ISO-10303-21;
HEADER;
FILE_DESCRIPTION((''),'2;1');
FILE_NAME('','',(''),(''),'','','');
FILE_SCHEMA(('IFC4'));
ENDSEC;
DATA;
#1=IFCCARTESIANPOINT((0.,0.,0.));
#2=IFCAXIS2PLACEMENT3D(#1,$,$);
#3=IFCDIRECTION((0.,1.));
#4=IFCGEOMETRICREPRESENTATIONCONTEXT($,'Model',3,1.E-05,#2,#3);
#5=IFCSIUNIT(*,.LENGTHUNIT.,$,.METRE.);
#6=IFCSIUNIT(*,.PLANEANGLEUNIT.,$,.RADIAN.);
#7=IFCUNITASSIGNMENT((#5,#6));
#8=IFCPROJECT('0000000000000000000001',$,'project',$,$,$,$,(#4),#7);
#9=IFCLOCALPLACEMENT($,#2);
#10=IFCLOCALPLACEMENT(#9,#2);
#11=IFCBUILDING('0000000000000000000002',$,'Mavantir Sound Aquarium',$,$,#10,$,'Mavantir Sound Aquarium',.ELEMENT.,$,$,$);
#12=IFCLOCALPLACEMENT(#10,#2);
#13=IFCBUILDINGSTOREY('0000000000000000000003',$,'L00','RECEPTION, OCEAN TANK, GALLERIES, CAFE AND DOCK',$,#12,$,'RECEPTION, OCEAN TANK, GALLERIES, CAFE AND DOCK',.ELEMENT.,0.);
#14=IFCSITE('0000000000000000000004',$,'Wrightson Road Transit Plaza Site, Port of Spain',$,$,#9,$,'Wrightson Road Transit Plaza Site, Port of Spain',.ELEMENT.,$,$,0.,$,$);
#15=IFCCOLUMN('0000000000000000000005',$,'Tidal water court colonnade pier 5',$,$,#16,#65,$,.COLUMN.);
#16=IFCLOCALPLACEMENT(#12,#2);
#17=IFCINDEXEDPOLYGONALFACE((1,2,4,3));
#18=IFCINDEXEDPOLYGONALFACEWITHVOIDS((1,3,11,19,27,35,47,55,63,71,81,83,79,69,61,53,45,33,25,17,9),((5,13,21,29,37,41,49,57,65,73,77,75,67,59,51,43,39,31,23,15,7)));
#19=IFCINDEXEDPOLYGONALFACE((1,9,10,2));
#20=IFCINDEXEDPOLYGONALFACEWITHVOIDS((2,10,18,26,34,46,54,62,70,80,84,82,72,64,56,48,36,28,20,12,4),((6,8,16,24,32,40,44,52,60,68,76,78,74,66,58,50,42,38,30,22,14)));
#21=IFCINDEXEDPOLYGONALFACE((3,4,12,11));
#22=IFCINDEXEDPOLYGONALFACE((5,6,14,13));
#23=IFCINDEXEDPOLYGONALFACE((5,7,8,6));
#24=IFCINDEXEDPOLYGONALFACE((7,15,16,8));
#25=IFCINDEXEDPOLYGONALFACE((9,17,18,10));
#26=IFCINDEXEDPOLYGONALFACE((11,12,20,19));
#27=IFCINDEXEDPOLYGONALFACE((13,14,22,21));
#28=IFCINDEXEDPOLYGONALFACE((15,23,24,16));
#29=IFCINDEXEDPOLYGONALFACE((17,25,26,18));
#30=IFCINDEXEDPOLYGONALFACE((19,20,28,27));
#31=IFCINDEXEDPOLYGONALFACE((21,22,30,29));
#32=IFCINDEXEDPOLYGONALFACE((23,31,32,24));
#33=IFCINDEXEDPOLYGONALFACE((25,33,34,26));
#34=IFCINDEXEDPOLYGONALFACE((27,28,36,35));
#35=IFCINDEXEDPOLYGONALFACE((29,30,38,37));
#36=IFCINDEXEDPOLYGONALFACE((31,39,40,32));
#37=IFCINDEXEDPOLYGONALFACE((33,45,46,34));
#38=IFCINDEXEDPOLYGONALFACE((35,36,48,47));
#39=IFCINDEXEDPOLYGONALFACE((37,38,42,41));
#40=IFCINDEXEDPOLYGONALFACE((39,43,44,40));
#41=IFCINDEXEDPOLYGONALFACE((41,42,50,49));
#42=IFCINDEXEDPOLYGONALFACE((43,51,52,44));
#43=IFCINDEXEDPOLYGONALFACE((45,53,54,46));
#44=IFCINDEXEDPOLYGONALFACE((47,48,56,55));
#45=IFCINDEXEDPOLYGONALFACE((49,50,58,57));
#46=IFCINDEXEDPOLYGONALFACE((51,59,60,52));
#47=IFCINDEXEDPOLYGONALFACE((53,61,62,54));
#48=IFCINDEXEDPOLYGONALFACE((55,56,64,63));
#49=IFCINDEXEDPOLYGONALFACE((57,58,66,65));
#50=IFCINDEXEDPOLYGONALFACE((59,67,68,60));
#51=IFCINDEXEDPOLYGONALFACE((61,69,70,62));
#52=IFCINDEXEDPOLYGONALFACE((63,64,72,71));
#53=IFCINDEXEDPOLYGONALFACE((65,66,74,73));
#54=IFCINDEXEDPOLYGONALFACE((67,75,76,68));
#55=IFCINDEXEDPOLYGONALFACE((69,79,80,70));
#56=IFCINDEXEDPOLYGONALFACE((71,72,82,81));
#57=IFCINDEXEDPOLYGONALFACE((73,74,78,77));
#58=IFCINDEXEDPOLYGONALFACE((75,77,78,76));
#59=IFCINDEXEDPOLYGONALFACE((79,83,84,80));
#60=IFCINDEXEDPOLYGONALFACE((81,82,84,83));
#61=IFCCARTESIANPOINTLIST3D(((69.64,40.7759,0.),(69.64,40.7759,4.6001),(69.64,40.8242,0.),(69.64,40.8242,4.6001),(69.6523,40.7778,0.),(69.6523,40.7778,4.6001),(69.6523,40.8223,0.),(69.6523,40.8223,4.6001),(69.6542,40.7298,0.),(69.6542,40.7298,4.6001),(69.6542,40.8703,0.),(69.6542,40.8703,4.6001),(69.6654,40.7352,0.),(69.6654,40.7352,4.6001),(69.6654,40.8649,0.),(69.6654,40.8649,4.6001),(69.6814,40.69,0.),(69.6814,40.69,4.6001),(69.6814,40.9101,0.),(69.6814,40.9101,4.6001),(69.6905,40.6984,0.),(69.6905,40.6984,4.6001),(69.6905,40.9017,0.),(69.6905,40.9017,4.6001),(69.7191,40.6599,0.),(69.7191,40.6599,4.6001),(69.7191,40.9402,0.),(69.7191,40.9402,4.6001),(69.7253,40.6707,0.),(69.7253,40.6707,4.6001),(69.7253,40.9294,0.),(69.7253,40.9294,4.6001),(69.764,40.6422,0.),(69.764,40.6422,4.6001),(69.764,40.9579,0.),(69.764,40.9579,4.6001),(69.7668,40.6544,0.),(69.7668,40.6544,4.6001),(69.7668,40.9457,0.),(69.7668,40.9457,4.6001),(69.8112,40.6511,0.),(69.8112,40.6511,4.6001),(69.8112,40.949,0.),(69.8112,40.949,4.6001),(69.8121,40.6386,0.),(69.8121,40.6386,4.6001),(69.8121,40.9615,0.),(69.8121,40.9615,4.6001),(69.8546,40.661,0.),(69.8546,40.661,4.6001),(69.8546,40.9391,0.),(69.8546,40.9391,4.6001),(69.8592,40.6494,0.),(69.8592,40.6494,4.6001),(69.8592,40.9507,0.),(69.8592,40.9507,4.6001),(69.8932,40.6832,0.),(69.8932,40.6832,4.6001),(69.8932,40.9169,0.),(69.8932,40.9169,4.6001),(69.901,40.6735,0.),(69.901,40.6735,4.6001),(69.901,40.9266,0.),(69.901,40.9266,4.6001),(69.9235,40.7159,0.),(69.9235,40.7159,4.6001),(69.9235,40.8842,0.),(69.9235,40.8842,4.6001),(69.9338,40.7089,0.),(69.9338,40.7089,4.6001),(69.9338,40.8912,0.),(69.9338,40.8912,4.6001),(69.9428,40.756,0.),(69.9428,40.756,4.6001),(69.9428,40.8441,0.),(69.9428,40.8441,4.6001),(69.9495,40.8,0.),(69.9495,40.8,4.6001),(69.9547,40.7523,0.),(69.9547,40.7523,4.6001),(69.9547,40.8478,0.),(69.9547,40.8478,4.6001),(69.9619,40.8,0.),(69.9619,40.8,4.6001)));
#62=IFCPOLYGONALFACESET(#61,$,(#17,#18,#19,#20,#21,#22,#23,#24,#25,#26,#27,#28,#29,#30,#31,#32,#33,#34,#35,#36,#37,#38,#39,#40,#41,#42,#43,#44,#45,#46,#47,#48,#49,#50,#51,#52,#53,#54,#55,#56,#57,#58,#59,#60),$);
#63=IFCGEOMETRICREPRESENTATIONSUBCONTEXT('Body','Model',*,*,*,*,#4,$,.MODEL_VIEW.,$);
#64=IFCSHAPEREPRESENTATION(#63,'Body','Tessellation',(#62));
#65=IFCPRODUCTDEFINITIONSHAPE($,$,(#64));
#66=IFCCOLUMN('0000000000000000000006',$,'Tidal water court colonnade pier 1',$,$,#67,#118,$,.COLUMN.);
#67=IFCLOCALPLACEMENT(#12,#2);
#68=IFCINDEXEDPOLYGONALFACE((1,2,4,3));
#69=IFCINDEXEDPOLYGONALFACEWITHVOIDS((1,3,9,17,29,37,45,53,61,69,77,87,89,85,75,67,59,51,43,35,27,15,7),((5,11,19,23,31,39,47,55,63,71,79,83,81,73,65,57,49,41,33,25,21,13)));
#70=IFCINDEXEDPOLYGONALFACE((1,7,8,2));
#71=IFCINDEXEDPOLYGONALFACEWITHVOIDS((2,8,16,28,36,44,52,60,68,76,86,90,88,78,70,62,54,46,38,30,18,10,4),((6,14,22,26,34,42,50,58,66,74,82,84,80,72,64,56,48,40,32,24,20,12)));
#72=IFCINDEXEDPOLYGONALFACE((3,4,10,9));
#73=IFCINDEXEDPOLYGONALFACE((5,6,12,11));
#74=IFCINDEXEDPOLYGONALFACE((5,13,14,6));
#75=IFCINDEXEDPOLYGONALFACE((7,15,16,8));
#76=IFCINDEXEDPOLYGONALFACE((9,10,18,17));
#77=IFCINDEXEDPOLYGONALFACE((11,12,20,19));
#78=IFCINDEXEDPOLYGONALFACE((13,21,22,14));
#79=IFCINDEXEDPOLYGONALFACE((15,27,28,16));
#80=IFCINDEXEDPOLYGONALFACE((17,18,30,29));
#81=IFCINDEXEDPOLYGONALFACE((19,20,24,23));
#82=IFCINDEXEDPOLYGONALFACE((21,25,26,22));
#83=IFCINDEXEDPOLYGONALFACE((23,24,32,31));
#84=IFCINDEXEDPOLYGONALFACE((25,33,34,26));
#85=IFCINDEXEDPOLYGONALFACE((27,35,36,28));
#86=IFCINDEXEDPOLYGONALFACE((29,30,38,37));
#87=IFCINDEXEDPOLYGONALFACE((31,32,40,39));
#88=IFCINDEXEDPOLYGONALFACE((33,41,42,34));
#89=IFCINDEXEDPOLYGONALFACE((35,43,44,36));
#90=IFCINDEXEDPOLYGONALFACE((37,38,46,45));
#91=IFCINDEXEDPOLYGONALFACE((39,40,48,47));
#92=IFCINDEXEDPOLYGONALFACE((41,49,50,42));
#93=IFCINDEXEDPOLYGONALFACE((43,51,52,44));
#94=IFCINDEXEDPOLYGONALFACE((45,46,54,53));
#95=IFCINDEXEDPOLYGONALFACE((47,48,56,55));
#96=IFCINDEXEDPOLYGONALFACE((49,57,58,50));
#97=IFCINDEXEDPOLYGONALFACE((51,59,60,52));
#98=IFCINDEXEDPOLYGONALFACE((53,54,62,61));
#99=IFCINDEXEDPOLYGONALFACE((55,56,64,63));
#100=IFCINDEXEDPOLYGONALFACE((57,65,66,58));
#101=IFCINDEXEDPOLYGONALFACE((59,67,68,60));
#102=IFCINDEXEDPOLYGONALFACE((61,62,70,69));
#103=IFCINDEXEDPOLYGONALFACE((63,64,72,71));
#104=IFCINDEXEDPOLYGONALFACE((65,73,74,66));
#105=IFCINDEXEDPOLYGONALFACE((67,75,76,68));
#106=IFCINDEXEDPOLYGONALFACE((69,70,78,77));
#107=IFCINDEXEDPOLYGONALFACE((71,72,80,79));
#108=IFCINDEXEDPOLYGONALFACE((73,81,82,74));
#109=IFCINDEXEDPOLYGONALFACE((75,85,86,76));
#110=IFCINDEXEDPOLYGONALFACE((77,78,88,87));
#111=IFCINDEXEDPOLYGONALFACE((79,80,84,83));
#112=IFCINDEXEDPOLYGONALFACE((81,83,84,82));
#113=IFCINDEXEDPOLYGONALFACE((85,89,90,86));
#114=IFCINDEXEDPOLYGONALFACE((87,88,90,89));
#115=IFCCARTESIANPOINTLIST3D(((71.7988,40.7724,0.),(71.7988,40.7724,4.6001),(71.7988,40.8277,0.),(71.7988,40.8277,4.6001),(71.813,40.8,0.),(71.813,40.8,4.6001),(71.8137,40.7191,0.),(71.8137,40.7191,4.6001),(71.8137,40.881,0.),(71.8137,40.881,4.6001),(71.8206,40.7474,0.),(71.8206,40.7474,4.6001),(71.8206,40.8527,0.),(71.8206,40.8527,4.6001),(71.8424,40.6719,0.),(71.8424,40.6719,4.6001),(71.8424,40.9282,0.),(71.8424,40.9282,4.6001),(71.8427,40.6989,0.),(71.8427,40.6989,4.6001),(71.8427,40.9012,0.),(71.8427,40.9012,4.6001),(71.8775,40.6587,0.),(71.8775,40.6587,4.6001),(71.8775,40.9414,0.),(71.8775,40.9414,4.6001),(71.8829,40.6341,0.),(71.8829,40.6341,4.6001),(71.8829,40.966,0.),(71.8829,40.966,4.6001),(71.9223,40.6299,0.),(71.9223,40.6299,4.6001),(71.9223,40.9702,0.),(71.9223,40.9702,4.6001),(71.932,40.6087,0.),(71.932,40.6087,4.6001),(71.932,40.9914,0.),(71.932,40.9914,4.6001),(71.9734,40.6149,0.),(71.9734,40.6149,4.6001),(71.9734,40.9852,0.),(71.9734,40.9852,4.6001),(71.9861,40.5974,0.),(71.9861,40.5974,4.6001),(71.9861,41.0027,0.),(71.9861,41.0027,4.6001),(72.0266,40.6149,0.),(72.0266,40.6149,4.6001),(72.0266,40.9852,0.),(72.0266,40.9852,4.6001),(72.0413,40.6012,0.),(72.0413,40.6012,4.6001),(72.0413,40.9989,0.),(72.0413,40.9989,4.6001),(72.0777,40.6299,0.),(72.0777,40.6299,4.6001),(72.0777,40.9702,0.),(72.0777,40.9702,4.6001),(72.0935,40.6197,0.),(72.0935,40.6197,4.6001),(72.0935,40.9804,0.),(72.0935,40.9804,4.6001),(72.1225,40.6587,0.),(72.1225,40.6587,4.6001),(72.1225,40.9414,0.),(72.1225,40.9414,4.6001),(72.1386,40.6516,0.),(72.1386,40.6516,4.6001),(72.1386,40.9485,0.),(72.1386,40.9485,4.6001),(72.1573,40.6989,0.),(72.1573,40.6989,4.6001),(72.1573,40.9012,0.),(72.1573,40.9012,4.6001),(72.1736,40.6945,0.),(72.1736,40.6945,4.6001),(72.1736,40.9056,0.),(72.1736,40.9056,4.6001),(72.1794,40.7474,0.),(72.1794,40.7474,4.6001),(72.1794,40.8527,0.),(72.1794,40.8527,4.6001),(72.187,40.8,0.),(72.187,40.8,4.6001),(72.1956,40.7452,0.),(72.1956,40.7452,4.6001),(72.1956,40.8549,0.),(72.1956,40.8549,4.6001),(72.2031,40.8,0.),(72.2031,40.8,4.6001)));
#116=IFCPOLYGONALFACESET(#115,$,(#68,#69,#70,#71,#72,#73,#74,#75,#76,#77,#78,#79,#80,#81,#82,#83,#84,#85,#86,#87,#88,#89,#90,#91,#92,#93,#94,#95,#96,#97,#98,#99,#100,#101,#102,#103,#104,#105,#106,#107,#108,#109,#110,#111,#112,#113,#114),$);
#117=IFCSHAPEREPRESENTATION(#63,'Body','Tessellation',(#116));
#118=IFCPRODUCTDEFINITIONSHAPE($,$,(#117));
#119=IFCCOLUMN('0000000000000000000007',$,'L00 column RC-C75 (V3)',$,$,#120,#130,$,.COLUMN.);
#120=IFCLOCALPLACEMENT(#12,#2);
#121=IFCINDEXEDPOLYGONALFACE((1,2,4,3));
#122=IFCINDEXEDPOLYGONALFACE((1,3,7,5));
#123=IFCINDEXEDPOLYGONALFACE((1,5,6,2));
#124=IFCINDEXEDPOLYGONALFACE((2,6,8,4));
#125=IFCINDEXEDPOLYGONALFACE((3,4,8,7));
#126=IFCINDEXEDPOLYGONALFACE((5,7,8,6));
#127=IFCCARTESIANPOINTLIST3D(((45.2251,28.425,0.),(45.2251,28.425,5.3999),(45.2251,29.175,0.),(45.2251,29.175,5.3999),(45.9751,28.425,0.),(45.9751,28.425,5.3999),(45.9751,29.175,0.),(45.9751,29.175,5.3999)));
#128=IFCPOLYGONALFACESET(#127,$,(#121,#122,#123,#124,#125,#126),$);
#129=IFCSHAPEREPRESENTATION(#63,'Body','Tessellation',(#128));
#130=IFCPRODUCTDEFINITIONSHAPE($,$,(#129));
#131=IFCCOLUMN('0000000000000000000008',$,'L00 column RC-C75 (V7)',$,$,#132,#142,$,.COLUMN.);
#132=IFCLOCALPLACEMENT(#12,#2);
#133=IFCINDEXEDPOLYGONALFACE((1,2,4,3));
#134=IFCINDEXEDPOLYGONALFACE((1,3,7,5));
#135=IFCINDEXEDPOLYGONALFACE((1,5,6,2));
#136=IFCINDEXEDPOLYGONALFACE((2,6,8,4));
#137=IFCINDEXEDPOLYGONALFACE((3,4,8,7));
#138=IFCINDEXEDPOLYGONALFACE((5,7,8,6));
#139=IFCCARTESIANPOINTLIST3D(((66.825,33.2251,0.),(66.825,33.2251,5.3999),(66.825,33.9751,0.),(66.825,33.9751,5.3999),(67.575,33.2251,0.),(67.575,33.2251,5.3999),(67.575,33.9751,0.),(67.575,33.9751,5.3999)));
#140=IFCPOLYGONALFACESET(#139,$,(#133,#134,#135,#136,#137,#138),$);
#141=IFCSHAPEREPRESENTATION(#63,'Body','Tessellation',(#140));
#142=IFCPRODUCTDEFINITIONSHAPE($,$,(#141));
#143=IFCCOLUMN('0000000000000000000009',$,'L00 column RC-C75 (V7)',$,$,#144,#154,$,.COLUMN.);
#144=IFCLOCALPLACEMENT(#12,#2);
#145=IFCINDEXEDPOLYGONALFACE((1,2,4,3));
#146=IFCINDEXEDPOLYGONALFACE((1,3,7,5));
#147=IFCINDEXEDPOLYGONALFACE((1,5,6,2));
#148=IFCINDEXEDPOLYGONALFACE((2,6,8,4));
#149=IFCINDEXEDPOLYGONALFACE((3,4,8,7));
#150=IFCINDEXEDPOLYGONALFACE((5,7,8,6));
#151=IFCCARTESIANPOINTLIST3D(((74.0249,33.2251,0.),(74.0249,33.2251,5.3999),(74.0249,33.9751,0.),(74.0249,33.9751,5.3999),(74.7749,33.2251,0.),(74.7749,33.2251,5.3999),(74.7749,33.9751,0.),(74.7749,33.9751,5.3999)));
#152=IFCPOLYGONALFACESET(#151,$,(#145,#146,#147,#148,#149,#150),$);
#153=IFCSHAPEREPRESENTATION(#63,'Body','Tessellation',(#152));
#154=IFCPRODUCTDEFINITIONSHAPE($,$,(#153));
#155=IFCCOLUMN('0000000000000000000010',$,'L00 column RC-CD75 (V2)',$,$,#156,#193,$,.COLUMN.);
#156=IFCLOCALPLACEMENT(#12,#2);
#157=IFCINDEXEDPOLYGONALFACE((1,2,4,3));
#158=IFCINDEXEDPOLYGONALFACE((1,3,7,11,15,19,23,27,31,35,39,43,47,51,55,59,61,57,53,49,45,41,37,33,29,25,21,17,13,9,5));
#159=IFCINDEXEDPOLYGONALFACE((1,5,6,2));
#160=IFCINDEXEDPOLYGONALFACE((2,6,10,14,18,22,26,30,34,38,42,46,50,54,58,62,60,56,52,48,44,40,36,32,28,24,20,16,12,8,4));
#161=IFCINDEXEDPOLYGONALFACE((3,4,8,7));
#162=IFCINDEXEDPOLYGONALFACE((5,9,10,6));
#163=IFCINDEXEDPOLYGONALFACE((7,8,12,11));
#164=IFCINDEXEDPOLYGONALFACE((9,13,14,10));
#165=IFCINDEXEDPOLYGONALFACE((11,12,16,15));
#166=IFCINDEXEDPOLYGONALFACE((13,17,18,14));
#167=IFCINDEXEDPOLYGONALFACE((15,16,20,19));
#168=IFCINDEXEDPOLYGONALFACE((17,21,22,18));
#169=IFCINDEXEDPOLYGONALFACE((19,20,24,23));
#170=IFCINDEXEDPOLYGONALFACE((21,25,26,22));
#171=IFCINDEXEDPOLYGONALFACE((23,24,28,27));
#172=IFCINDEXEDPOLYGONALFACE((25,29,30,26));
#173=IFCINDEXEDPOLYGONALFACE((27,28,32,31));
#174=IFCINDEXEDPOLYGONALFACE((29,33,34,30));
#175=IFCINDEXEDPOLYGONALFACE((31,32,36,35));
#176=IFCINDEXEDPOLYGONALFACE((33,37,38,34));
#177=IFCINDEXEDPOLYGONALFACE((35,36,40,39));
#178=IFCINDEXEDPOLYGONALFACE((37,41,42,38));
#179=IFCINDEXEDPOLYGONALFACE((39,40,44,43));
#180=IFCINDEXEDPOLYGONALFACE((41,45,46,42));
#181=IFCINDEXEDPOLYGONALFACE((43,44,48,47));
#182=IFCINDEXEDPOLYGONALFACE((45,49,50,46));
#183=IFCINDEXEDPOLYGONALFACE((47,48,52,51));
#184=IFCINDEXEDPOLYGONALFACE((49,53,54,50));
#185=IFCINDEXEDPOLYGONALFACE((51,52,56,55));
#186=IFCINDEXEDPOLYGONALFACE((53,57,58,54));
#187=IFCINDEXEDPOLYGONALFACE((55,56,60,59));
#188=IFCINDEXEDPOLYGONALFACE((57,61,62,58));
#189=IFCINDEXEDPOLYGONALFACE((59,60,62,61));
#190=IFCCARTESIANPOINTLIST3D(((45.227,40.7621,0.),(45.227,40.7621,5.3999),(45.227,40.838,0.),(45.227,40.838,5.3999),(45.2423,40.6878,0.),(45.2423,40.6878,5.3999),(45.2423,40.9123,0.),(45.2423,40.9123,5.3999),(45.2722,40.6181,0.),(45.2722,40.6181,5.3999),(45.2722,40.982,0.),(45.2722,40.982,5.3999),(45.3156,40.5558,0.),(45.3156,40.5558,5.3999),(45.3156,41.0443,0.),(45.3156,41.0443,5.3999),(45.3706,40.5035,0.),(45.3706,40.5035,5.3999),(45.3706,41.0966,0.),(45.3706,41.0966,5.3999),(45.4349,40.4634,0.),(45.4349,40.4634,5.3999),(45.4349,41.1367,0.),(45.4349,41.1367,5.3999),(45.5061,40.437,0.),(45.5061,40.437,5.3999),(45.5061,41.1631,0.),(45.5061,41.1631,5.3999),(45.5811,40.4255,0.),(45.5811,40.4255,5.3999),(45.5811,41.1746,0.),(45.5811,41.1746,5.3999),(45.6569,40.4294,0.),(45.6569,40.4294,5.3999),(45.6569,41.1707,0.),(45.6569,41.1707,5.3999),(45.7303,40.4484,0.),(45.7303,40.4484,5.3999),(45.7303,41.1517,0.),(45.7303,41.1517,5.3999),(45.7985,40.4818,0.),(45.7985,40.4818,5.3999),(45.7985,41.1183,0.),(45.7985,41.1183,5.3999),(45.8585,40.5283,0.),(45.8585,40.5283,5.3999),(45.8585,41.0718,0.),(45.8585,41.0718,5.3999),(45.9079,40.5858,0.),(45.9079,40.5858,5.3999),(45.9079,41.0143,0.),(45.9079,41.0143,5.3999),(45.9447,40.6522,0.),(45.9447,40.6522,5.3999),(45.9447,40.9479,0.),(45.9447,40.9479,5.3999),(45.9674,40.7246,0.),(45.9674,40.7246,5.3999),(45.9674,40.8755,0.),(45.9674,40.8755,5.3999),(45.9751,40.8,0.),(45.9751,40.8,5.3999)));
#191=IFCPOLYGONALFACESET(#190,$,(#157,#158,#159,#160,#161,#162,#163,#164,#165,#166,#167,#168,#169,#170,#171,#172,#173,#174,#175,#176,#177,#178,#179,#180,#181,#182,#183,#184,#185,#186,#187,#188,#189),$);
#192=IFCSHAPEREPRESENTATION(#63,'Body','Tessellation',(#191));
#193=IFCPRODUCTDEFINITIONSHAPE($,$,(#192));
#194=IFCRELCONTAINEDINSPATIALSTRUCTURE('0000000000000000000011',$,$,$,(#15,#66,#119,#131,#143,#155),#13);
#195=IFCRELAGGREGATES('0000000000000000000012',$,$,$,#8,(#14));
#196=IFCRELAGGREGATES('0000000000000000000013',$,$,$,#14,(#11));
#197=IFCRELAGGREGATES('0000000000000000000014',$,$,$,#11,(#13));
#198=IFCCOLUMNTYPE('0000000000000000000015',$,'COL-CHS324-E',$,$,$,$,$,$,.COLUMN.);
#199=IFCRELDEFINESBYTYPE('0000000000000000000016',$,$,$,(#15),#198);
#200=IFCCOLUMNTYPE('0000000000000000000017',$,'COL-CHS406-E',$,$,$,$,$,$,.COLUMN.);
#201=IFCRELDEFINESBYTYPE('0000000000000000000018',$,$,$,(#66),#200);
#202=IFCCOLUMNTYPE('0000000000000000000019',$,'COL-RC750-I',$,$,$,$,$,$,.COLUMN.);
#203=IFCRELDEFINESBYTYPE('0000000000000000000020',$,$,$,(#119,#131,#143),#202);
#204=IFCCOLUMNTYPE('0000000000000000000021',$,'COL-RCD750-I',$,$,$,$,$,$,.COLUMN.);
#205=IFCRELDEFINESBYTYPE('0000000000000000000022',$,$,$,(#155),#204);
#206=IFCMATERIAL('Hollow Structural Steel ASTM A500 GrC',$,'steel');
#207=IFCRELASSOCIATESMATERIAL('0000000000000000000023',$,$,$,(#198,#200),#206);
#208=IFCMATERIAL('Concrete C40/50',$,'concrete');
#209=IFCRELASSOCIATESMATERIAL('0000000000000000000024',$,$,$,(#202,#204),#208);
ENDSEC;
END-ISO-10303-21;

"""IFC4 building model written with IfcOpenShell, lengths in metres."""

from ifc_helpers import new_model, si_unit, direction, frame, origin, origin_2d, place, context, subcontext, project, spatial, rectangle, circle, hollow_circle, extrude, material, material_profile, profile_set, type_object, element, save


model = new_model("IFC4")

# Units and contexts
model_context = context("Model", 3, precision=1e-05, world=origin(), true_north=direction((0.0, 1.0)))
body_context = subcontext(model_context, "Body", "Model", "MODEL_VIEW")
ifc_project = project(units=[si_unit("LENGTHUNIT", "METRE"), si_unit("PLANEANGLEUNIT", "RADIAN")], contexts=[model_context])

# Site, building, storey
site_placement = place(None, origin())
site = spatial("IfcSite", under=ifc_project, at=site_placement, Name="Wrightson Road Transit Plaza Site, Port of Spain", LongName="Wrightson Road Transit Plaza Site, Port of Spain", CompositionType="ELEMENT", RefElevation=0.0)
building_placement = place(site_placement, origin())
building = spatial("IfcBuilding", under=site, at=building_placement, Name="Mavantir Sound Aquarium", LongName="Mavantir Sound Aquarium", CompositionType="ELEMENT")
storey_placement = place(building_placement, origin())
storey = spatial("IfcBuildingStorey", under=building, at=storey_placement, Name="L00", Description="RECEPTION, OCEAN TANK, GALLERIES, CAFE AND DOCK", LongName="RECEPTION, OCEAN TANK, GALLERIES, CAFE AND DOCK", CompositionType="ELEMENT", Elevation=0.0)

# Columns
ifc_material_1 = material(Name="Hollow Structural Steel ASTM A500 GrC", Category="steel")
ifc_material_profile_1 = material_profile(ifc_material_1, hollow_circle(Radius=0.1619, WallThickness=0.0125, at=origin_2d()), Name="CHS 323.9X12.5")
ifc_profile_set_1 = profile_set([ifc_material_profile_1], Name="Hollow Structural Steel ASTM A500 GrC")
column_type_1 = type_object("IfcColumnType", Name="COL-CHS324-E", PredefinedType="COLUMN", material=ifc_profile_set_1)
column_1_placement = place(storey_placement, frame((69.8, 40.8, 0.0), z_axis=(0.0, 0.0, 1.0), x_axis=(1.0, 0.0, 0.0)))
element("IfcColumn", 1, at=column_1_placement, inside=storey, type_object=column_type_1, Name="Tidal water court colonnade pier 5", PredefinedType="COLUMN", context=body_context, shape_type="SweptSolid", body=[
    extrude(hollow_circle(Radius=0.1619, WallThickness=0.0125, at=origin_2d()), origin(), (0.0, 0.0, 1.0), 4.6001),
])
ifc_material_profile_2 = material_profile(ifc_material_1, hollow_circle(Radius=0.2031, WallThickness=0.0161, at=origin_2d()), Name="CHS 406.4X16")
ifc_profile_set_2 = profile_set([ifc_material_profile_2], Name="Hollow Structural Steel ASTM A500 GrC")
column_type_2 = type_object("IfcColumnType", Name="COL-CHS406-E", PredefinedType="COLUMN", material=ifc_profile_set_2)
column_2_placement = place(storey_placement, frame((72.0, 40.8, 0.0), z_axis=(0.0, 0.0, 1.0), x_axis=(1.0, 0.0, 0.0)))
element("IfcColumn", 2, at=column_2_placement, inside=storey, type_object=column_type_2, Name="Tidal water court colonnade pier 1", PredefinedType="COLUMN", context=body_context, shape_type="SweptSolid", body=[
    extrude(hollow_circle(Radius=0.2031, WallThickness=0.0161, at=origin_2d()), origin(), (0.0, 0.0, 1.0), 4.6001),
])
ifc_material_2 = material(Name="Concrete C40/50", Category="concrete")
ifc_material_profile_3 = material_profile(ifc_material_2, rectangle(XDim=0.75, YDim=0.75, at=origin_2d()), Name="RC 750X750")
ifc_profile_set_3 = profile_set([ifc_material_profile_3], Name="Concrete C40/50")
column_type_3 = type_object("IfcColumnType", Name="COL-RC750-I", PredefinedType="COLUMN", material=ifc_profile_set_3)
for number, where, z_axis, x_axis, name in (
    (3, (45.6001, 28.8, 0.0), (0.0, 0.0, 1.0), (1.0, 0.0, 0.0), "L00 column RC-C75 (V3)"),
    (4, (67.2, 33.6001, 0.0), (0.0, 0.0, 1.0), (1.0, 0.0, 0.0), "L00 column RC-C75 (V7)"),
    (5, (74.3999, 33.6001, 0.0), (0.0, 0.0, 1.0), (1.0, 0.0, 0.0), "L00 column RC-C75 (V7)"),
):
    element("IfcColumn", number, at=place(storey_placement, frame(where, z_axis=z_axis, x_axis=x_axis)), inside=storey, type_object=column_type_3, Name=name, PredefinedType="COLUMN", context=body_context, shape_type="SweptSolid", body=[
        extrude(rectangle(XDim=0.75, YDim=0.75, at=origin_2d()), origin(), (0.0, 0.0, 1.0), 5.3999),
    ])
ifc_material_profile_4 = material_profile(ifc_material_2, circle(Radius=0.375, at=origin_2d()), Name="RC D750")
ifc_profile_set_4 = profile_set([ifc_material_profile_4], Name="Concrete C40/50")
column_type_4 = type_object("IfcColumnType", Name="COL-RCD750-I", PredefinedType="COLUMN", material=ifc_profile_set_4)
for number, where, z_axis, x_axis, name in (
    (6, (45.6001, 40.8, 0.0), (0.0, 0.0, 1.0), (1.0, 0.0, 0.0), "L00 column RC-CD75 (V2)"),
):
    element("IfcColumn", number, at=place(storey_placement, frame(where, z_axis=z_axis, x_axis=x_axis)), inside=storey, type_object=column_type_4, Name=name, PredefinedType="COLUMN", context=body_context, shape_type="SweptSolid", body=[
        extrude(circle(Radius=0.375, at=origin_2d()), origin(), (0.0, 0.0, 1.0), 5.3999),
    ])

save(model, "model.ifc")
